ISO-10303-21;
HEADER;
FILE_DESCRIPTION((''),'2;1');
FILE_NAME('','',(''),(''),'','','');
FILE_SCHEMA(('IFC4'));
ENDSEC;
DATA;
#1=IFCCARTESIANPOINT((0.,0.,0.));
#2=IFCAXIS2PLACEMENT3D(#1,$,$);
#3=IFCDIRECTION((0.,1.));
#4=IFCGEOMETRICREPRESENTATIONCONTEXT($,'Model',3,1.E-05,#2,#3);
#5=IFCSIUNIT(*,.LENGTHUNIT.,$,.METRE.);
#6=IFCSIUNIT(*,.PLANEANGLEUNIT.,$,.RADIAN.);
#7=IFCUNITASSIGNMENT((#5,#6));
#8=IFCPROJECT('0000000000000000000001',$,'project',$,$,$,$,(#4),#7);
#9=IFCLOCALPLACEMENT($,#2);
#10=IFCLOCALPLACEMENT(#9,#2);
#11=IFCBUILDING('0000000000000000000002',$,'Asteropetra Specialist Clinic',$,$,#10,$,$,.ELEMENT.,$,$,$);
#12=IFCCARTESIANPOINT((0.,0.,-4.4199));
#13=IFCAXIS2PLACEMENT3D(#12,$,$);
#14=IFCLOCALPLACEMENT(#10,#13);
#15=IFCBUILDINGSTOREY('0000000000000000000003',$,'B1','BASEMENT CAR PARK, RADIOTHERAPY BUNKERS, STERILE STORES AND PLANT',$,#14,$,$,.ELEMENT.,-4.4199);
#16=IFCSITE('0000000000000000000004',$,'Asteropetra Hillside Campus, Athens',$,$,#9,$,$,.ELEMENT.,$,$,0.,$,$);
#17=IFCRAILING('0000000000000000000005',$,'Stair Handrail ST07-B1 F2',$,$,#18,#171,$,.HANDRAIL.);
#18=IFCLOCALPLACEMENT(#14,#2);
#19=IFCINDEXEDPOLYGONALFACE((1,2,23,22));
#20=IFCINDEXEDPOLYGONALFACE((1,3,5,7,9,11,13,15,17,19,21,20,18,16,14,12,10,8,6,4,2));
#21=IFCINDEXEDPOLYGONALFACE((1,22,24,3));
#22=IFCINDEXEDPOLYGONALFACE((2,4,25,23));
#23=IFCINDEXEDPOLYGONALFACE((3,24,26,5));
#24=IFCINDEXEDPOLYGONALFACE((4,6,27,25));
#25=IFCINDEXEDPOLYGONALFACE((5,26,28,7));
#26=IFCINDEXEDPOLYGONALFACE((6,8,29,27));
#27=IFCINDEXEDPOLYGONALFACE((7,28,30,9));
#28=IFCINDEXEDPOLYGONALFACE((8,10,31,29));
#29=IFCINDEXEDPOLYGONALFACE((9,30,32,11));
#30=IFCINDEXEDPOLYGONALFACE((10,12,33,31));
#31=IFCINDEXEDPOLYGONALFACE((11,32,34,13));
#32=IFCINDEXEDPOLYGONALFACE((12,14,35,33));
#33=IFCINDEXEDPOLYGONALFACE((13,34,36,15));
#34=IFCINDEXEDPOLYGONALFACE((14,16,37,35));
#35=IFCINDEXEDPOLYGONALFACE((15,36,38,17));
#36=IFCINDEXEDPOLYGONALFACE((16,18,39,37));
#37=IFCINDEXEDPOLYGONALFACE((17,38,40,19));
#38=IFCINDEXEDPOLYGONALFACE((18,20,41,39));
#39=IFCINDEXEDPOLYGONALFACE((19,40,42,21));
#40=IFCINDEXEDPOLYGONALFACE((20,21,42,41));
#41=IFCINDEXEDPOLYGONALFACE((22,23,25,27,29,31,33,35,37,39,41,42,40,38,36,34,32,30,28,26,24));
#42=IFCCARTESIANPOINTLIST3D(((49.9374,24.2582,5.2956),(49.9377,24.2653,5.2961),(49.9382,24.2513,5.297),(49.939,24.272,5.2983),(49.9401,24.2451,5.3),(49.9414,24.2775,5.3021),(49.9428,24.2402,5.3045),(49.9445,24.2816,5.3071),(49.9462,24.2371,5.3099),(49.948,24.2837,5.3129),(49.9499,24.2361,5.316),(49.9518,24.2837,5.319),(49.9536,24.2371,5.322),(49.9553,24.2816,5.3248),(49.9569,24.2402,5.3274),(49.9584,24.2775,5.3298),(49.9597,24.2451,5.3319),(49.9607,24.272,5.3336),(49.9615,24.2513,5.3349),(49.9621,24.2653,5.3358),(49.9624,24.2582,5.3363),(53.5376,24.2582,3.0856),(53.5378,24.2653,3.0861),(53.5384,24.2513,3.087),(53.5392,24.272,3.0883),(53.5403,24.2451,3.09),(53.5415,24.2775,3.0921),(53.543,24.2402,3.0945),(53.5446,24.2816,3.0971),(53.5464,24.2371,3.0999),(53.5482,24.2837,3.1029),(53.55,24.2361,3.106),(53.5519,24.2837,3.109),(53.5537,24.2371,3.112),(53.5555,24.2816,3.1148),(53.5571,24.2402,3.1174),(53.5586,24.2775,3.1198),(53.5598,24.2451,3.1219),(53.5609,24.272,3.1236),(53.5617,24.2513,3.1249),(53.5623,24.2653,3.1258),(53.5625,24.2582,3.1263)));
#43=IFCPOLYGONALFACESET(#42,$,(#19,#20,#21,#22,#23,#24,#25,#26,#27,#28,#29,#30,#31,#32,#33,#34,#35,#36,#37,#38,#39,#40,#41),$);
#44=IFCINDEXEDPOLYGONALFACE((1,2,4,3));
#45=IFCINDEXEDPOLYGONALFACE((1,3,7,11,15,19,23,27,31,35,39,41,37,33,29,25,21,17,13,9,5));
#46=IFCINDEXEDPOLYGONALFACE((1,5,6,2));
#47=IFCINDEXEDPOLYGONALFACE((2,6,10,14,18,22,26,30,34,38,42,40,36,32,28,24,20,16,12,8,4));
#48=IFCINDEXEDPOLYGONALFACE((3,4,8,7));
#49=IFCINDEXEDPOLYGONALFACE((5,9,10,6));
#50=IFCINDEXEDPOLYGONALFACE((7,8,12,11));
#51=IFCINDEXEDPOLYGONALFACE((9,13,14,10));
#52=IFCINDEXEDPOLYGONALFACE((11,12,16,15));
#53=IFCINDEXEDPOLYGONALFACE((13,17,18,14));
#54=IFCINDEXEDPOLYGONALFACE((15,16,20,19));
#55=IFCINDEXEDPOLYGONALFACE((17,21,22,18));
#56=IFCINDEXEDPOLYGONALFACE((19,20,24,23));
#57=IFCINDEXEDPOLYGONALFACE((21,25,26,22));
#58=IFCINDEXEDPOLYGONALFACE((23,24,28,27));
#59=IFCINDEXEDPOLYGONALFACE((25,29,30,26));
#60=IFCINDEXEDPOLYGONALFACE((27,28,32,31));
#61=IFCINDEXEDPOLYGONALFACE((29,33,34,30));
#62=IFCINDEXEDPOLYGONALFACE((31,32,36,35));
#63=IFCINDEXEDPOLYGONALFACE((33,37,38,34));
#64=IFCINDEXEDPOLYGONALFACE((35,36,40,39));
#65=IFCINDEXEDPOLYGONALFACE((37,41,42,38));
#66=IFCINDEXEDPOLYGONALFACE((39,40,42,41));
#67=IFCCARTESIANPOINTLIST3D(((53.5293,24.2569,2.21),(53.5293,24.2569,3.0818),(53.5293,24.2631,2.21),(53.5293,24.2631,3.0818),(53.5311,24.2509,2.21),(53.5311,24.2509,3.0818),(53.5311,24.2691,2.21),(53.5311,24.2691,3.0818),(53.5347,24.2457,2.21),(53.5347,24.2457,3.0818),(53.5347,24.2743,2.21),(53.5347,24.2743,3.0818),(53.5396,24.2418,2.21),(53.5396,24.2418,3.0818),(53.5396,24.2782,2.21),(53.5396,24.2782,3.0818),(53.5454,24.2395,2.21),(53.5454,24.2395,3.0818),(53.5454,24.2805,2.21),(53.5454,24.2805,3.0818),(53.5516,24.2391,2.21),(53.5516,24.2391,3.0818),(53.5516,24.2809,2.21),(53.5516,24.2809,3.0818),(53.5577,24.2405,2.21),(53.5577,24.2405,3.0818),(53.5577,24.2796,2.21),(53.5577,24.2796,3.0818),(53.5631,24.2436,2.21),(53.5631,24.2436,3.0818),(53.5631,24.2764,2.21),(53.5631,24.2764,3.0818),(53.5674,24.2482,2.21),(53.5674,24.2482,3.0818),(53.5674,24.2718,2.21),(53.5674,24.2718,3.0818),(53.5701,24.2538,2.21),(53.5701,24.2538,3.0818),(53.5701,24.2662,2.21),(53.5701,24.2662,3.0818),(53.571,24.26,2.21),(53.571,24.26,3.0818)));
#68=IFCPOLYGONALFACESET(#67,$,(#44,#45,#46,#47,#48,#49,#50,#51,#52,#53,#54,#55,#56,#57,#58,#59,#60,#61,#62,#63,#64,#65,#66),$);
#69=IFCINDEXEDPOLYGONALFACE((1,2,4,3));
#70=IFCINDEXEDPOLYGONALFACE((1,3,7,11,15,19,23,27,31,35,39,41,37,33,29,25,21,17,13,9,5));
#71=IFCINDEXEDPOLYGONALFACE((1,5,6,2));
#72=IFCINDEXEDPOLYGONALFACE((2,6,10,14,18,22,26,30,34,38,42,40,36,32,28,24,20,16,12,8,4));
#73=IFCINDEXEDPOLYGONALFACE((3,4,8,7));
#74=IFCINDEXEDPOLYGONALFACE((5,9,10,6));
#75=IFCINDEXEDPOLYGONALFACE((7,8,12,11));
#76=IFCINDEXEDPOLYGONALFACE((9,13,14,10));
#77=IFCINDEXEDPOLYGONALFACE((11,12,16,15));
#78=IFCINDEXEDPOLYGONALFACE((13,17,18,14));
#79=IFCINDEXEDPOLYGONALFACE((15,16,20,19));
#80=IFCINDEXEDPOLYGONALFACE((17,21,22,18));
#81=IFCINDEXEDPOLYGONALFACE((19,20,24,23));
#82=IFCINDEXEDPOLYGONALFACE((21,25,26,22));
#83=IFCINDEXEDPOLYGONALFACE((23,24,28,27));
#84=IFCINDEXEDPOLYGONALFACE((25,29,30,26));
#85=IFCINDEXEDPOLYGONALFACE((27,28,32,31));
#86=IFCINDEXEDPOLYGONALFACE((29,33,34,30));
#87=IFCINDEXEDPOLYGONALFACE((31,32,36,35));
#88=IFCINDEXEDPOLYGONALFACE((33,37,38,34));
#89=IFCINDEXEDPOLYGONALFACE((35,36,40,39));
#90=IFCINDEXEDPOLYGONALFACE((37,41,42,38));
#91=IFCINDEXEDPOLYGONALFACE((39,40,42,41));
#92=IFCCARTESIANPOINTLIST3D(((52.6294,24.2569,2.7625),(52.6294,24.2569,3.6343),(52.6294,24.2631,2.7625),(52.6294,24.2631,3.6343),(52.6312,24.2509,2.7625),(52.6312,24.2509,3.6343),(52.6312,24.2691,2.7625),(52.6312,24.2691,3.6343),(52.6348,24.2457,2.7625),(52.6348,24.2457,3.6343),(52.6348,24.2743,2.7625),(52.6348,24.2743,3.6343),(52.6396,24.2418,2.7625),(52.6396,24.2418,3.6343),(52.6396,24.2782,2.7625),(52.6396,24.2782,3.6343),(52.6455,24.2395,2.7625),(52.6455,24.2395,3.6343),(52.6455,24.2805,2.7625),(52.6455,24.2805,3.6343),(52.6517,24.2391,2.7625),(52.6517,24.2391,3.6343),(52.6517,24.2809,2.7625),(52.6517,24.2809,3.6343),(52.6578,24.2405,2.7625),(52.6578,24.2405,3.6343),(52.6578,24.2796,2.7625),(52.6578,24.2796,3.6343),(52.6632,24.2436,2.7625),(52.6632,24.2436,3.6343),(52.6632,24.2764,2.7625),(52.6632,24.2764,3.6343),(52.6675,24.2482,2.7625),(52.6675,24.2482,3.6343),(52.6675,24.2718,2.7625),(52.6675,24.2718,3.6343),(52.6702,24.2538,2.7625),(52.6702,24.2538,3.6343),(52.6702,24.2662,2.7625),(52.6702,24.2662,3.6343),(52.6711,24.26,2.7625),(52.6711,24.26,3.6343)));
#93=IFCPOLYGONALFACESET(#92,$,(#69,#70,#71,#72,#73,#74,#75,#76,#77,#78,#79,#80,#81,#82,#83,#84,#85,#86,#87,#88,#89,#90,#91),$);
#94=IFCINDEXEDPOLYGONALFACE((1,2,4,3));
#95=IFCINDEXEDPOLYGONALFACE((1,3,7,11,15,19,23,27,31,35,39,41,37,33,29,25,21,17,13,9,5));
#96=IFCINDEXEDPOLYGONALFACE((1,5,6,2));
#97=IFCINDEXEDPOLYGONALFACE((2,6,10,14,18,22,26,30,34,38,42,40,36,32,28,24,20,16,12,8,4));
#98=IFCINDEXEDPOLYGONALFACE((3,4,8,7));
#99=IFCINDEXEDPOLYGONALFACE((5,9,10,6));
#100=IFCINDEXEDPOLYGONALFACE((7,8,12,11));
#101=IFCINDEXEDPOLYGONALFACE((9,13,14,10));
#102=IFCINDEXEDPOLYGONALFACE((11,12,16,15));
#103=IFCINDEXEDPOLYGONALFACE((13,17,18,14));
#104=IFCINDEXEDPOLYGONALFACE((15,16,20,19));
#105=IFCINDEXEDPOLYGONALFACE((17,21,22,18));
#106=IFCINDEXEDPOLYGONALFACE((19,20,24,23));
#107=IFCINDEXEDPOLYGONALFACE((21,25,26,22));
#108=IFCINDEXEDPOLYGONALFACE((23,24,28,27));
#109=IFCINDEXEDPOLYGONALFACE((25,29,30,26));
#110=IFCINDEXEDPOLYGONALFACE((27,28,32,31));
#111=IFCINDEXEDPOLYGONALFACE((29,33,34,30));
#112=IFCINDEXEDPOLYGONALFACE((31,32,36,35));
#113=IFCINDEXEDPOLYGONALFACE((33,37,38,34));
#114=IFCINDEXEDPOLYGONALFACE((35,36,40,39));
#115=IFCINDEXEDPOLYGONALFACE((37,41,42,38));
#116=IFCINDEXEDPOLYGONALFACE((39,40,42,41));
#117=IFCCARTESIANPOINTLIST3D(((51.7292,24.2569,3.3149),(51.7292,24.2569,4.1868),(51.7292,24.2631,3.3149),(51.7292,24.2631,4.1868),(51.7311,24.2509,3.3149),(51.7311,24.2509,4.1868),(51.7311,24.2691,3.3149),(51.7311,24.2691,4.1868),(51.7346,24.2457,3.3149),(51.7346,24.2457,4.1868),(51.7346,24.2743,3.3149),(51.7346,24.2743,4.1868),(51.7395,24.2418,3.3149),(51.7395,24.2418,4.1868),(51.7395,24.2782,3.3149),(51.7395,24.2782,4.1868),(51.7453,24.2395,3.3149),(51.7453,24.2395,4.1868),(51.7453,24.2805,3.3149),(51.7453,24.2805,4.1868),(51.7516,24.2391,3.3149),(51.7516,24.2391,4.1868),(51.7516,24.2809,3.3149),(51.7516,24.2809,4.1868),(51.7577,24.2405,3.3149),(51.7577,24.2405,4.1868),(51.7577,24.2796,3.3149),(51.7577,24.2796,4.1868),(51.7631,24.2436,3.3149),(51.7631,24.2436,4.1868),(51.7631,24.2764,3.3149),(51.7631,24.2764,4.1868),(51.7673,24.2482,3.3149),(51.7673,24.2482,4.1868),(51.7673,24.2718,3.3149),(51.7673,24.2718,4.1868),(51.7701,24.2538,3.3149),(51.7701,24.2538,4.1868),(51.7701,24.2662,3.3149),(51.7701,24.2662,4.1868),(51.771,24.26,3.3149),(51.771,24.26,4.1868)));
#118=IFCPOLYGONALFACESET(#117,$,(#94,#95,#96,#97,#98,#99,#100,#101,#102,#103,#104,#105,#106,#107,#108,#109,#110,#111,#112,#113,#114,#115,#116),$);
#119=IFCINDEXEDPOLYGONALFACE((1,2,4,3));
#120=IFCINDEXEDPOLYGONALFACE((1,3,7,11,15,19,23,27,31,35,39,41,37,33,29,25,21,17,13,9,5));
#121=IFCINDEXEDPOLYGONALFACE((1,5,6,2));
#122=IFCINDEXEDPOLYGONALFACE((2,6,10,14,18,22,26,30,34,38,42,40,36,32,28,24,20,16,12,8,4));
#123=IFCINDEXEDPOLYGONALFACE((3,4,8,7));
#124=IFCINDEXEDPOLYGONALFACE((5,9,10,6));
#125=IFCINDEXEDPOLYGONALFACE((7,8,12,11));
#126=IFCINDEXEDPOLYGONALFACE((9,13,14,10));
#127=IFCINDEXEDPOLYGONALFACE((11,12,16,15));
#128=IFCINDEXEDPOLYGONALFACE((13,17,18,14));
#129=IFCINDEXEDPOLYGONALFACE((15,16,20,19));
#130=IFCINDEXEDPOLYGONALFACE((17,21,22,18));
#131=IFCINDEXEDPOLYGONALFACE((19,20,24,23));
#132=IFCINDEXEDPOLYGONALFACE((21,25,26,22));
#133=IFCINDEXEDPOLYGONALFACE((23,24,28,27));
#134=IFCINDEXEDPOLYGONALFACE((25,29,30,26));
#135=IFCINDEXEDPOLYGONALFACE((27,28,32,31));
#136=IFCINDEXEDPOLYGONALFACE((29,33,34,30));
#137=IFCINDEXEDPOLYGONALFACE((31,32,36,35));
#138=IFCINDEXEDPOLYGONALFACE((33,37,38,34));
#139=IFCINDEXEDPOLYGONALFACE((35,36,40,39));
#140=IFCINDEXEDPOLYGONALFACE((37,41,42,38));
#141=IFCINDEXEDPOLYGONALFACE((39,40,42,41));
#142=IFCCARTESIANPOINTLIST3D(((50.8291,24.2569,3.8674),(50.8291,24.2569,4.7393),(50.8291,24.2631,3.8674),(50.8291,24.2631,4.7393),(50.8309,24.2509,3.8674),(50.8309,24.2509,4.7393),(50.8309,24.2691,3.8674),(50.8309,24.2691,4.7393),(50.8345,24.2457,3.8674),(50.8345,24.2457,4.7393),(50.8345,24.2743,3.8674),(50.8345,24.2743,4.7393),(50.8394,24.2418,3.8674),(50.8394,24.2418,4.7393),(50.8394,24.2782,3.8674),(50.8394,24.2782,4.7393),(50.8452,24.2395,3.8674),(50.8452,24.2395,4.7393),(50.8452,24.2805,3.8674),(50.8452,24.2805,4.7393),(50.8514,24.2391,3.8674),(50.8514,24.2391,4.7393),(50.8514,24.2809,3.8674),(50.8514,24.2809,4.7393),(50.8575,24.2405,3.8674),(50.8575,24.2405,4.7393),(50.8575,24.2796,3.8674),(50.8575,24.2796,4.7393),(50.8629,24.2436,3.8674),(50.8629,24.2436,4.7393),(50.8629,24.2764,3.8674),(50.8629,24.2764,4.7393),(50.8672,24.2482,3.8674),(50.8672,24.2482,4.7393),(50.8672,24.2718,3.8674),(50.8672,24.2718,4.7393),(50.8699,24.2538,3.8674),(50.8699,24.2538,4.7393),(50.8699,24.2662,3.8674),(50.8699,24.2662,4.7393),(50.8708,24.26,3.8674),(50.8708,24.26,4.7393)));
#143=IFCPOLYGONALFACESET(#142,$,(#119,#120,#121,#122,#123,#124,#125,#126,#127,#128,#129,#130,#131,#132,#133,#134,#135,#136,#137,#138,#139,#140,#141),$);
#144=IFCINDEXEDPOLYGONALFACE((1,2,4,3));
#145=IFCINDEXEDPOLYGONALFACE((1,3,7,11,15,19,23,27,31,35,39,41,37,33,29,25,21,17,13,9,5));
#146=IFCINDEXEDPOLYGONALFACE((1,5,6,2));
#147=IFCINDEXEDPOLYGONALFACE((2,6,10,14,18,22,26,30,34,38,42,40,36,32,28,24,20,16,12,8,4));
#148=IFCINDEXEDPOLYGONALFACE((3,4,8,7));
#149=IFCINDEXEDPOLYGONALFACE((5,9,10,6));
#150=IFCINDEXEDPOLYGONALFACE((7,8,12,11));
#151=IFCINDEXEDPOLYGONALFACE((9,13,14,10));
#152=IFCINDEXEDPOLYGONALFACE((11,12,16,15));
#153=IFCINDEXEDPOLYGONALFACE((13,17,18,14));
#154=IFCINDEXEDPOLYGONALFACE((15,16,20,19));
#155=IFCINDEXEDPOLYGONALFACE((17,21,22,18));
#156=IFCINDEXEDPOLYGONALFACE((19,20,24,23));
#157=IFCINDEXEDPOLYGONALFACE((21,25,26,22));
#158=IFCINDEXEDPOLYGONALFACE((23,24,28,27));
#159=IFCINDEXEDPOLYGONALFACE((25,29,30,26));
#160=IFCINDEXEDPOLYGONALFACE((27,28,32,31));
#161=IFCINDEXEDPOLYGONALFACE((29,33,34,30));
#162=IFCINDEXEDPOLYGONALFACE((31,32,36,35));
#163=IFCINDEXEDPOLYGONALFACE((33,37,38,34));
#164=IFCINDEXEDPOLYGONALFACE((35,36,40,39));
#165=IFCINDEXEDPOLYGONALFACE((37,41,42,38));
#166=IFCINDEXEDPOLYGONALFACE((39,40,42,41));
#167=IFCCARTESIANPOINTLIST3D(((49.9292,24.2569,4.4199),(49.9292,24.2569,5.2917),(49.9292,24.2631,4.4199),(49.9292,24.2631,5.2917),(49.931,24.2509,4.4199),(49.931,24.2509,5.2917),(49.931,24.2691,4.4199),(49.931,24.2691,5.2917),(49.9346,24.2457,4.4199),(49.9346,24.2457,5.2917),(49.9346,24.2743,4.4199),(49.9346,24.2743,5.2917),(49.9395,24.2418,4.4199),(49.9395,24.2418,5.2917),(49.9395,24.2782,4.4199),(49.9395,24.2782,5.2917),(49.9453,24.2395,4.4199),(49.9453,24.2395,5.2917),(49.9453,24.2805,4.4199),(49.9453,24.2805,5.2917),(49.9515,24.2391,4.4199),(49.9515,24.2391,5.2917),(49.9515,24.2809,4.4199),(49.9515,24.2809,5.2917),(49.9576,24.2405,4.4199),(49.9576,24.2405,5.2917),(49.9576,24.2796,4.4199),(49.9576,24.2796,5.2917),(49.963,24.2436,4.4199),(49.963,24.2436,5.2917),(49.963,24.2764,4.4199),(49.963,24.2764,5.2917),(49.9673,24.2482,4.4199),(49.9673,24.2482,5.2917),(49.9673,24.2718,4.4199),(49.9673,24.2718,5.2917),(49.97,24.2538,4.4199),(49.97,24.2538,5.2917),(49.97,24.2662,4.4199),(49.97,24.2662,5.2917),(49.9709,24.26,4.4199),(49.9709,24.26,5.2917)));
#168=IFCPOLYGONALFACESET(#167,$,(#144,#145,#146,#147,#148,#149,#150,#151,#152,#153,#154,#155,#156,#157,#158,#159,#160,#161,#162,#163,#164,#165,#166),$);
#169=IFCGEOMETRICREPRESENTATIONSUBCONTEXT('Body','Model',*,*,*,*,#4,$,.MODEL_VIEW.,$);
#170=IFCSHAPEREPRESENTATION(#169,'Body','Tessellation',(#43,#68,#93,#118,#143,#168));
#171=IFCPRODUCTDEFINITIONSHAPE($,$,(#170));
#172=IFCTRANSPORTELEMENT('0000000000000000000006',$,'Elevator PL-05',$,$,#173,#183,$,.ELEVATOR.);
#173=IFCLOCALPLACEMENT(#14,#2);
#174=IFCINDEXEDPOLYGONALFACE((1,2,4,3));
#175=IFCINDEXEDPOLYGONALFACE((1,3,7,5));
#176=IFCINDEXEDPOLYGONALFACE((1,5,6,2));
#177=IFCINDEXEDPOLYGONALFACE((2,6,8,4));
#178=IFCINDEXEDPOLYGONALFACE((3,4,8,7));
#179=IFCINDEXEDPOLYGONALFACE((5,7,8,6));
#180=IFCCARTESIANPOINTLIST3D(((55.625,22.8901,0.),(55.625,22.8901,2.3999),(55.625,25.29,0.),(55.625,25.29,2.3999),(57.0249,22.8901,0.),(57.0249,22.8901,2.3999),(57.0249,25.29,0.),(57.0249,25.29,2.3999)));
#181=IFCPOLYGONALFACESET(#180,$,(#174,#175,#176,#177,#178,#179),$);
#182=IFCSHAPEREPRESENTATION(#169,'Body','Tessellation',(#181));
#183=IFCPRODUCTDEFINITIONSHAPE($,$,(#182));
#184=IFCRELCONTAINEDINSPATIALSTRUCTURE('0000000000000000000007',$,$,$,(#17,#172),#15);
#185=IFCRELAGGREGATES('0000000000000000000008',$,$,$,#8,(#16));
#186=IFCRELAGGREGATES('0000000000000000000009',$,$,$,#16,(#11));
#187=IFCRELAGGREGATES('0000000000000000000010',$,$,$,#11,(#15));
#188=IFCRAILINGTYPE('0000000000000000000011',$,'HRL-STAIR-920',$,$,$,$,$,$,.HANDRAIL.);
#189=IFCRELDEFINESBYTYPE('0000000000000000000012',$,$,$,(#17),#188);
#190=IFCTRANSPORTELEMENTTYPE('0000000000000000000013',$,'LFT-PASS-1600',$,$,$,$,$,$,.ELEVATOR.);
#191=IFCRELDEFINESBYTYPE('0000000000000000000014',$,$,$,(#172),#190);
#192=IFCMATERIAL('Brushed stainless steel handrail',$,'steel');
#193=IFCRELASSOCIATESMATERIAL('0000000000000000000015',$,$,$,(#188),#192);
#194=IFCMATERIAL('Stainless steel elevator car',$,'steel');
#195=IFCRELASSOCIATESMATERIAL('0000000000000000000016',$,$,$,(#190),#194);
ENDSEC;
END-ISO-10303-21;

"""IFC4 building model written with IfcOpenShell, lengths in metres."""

from ifc_helpers import new_model, si_unit, direction, frame, origin, origin_2d, place, context, subcontext, project, spatial, rectangle, circle, extrude, material, type_object, element, save


model = new_model("IFC4")

# Units and contexts
model_context = context("Model", 3, precision=1e-05, world=origin(), true_north=direction((0.0, 1.0)))
body_context = subcontext(model_context, "Body", "Model", "MODEL_VIEW")
ifc_project = project(units=[si_unit("LENGTHUNIT", "METRE"), si_unit("PLANEANGLEUNIT", "RADIAN")], contexts=[model_context])

# Site, building, storey
site_placement = place(None, origin())
site = spatial("IfcSite", under=ifc_project, at=site_placement, Name="Asteropetra Hillside Campus, Athens", CompositionType="ELEMENT", RefElevation=0.0)
building_placement = place(site_placement, origin())
building = spatial("IfcBuilding", under=site, at=building_placement, Name="Asteropetra Specialist Clinic", CompositionType="ELEMENT")
storey_placement = place(building_placement, frame((0.0, 0.0, -4.4199)))
storey = spatial("IfcBuildingStorey", under=building, at=storey_placement, Name="B1", Description="BASEMENT CAR PARK, RADIOTHERAPY BUNKERS, STERILE STORES AND PLANT", CompositionType="ELEMENT", Elevation=-4.4199)

# Railing
ifc_material_1 = material(Name="Brushed stainless steel handrail", Category="steel")
railing_type_1 = type_object("IfcRailingType", Name="HRL-STAIR-920", PredefinedType="HANDRAIL", material=ifc_material_1)
railing_1_placement = place(storey_placement, frame((53.55, 24.26, 2.21)))
element("IfcRailing", 1, at=railing_1_placement, inside=storey, type_object=railing_type_1, Name="Stair Handrail ST07-B1 F2", PredefinedType="HANDRAIL", context=body_context, shape_type="SweptSolid", body=[
    extrude(circle(Radius=0.0239, at=origin_2d()), frame((0.0, 0.0, 0.896), z_axis=(-0.852237, 0.0, 0.523156), x_axis=(0.0, -1.0, 0.0)), (0.0, 0.0, 1.0), 4.2244),
    extrude(circle(Radius=0.021, at=origin_2d()), origin(), (0.0, 0.0, 1.0), 0.8718),
    extrude(circle(Radius=0.021, at=origin_2d()), frame((-0.8999, 0.0, 0.5525)), (0.0, 0.0, 1.0), 0.8718),
    extrude(circle(Radius=0.021, at=origin_2d()), frame((-1.8, 0.0, 1.105)), (0.0, 0.0, 1.0), 0.8718),
    extrude(circle(Radius=0.021, at=origin_2d()), frame((-2.7002, 0.0, 1.6575)), (0.0, 0.0, 1.0), 0.8718),
    extrude(circle(Radius=0.021, at=origin_2d()), frame((-3.6001, 0.0, 2.21)), (0.0, 0.0, 1.0), 0.8718),
])

# Transport element
ifc_material_2 = material(Name="Stainless steel elevator car", Category="steel")
transport_element_type = type_object("IfcTransportElementType", Name="LFT-PASS-1600", PredefinedType="ELEVATOR", material=ifc_material_2)
transport_element_placement = place(storey_placement, frame((56.325, 24.0901, 0.0), z_axis=(0.0, 0.0, 1.0), x_axis=(1.0, 0.0, 0.0)))
element("IfcTransportElement", 2, at=transport_element_placement, inside=storey, type_object=transport_element_type, Name="Elevator PL-05", PredefinedType="ELEVATOR", context=body_context, shape_type="SweptSolid", body=[
    extrude(rectangle(XDim=1.3999, YDim=2.3999, at=origin_2d()), origin(), (0.0, 0.0, 1.0), 2.3999),
])

save(model, "model.ifc")
